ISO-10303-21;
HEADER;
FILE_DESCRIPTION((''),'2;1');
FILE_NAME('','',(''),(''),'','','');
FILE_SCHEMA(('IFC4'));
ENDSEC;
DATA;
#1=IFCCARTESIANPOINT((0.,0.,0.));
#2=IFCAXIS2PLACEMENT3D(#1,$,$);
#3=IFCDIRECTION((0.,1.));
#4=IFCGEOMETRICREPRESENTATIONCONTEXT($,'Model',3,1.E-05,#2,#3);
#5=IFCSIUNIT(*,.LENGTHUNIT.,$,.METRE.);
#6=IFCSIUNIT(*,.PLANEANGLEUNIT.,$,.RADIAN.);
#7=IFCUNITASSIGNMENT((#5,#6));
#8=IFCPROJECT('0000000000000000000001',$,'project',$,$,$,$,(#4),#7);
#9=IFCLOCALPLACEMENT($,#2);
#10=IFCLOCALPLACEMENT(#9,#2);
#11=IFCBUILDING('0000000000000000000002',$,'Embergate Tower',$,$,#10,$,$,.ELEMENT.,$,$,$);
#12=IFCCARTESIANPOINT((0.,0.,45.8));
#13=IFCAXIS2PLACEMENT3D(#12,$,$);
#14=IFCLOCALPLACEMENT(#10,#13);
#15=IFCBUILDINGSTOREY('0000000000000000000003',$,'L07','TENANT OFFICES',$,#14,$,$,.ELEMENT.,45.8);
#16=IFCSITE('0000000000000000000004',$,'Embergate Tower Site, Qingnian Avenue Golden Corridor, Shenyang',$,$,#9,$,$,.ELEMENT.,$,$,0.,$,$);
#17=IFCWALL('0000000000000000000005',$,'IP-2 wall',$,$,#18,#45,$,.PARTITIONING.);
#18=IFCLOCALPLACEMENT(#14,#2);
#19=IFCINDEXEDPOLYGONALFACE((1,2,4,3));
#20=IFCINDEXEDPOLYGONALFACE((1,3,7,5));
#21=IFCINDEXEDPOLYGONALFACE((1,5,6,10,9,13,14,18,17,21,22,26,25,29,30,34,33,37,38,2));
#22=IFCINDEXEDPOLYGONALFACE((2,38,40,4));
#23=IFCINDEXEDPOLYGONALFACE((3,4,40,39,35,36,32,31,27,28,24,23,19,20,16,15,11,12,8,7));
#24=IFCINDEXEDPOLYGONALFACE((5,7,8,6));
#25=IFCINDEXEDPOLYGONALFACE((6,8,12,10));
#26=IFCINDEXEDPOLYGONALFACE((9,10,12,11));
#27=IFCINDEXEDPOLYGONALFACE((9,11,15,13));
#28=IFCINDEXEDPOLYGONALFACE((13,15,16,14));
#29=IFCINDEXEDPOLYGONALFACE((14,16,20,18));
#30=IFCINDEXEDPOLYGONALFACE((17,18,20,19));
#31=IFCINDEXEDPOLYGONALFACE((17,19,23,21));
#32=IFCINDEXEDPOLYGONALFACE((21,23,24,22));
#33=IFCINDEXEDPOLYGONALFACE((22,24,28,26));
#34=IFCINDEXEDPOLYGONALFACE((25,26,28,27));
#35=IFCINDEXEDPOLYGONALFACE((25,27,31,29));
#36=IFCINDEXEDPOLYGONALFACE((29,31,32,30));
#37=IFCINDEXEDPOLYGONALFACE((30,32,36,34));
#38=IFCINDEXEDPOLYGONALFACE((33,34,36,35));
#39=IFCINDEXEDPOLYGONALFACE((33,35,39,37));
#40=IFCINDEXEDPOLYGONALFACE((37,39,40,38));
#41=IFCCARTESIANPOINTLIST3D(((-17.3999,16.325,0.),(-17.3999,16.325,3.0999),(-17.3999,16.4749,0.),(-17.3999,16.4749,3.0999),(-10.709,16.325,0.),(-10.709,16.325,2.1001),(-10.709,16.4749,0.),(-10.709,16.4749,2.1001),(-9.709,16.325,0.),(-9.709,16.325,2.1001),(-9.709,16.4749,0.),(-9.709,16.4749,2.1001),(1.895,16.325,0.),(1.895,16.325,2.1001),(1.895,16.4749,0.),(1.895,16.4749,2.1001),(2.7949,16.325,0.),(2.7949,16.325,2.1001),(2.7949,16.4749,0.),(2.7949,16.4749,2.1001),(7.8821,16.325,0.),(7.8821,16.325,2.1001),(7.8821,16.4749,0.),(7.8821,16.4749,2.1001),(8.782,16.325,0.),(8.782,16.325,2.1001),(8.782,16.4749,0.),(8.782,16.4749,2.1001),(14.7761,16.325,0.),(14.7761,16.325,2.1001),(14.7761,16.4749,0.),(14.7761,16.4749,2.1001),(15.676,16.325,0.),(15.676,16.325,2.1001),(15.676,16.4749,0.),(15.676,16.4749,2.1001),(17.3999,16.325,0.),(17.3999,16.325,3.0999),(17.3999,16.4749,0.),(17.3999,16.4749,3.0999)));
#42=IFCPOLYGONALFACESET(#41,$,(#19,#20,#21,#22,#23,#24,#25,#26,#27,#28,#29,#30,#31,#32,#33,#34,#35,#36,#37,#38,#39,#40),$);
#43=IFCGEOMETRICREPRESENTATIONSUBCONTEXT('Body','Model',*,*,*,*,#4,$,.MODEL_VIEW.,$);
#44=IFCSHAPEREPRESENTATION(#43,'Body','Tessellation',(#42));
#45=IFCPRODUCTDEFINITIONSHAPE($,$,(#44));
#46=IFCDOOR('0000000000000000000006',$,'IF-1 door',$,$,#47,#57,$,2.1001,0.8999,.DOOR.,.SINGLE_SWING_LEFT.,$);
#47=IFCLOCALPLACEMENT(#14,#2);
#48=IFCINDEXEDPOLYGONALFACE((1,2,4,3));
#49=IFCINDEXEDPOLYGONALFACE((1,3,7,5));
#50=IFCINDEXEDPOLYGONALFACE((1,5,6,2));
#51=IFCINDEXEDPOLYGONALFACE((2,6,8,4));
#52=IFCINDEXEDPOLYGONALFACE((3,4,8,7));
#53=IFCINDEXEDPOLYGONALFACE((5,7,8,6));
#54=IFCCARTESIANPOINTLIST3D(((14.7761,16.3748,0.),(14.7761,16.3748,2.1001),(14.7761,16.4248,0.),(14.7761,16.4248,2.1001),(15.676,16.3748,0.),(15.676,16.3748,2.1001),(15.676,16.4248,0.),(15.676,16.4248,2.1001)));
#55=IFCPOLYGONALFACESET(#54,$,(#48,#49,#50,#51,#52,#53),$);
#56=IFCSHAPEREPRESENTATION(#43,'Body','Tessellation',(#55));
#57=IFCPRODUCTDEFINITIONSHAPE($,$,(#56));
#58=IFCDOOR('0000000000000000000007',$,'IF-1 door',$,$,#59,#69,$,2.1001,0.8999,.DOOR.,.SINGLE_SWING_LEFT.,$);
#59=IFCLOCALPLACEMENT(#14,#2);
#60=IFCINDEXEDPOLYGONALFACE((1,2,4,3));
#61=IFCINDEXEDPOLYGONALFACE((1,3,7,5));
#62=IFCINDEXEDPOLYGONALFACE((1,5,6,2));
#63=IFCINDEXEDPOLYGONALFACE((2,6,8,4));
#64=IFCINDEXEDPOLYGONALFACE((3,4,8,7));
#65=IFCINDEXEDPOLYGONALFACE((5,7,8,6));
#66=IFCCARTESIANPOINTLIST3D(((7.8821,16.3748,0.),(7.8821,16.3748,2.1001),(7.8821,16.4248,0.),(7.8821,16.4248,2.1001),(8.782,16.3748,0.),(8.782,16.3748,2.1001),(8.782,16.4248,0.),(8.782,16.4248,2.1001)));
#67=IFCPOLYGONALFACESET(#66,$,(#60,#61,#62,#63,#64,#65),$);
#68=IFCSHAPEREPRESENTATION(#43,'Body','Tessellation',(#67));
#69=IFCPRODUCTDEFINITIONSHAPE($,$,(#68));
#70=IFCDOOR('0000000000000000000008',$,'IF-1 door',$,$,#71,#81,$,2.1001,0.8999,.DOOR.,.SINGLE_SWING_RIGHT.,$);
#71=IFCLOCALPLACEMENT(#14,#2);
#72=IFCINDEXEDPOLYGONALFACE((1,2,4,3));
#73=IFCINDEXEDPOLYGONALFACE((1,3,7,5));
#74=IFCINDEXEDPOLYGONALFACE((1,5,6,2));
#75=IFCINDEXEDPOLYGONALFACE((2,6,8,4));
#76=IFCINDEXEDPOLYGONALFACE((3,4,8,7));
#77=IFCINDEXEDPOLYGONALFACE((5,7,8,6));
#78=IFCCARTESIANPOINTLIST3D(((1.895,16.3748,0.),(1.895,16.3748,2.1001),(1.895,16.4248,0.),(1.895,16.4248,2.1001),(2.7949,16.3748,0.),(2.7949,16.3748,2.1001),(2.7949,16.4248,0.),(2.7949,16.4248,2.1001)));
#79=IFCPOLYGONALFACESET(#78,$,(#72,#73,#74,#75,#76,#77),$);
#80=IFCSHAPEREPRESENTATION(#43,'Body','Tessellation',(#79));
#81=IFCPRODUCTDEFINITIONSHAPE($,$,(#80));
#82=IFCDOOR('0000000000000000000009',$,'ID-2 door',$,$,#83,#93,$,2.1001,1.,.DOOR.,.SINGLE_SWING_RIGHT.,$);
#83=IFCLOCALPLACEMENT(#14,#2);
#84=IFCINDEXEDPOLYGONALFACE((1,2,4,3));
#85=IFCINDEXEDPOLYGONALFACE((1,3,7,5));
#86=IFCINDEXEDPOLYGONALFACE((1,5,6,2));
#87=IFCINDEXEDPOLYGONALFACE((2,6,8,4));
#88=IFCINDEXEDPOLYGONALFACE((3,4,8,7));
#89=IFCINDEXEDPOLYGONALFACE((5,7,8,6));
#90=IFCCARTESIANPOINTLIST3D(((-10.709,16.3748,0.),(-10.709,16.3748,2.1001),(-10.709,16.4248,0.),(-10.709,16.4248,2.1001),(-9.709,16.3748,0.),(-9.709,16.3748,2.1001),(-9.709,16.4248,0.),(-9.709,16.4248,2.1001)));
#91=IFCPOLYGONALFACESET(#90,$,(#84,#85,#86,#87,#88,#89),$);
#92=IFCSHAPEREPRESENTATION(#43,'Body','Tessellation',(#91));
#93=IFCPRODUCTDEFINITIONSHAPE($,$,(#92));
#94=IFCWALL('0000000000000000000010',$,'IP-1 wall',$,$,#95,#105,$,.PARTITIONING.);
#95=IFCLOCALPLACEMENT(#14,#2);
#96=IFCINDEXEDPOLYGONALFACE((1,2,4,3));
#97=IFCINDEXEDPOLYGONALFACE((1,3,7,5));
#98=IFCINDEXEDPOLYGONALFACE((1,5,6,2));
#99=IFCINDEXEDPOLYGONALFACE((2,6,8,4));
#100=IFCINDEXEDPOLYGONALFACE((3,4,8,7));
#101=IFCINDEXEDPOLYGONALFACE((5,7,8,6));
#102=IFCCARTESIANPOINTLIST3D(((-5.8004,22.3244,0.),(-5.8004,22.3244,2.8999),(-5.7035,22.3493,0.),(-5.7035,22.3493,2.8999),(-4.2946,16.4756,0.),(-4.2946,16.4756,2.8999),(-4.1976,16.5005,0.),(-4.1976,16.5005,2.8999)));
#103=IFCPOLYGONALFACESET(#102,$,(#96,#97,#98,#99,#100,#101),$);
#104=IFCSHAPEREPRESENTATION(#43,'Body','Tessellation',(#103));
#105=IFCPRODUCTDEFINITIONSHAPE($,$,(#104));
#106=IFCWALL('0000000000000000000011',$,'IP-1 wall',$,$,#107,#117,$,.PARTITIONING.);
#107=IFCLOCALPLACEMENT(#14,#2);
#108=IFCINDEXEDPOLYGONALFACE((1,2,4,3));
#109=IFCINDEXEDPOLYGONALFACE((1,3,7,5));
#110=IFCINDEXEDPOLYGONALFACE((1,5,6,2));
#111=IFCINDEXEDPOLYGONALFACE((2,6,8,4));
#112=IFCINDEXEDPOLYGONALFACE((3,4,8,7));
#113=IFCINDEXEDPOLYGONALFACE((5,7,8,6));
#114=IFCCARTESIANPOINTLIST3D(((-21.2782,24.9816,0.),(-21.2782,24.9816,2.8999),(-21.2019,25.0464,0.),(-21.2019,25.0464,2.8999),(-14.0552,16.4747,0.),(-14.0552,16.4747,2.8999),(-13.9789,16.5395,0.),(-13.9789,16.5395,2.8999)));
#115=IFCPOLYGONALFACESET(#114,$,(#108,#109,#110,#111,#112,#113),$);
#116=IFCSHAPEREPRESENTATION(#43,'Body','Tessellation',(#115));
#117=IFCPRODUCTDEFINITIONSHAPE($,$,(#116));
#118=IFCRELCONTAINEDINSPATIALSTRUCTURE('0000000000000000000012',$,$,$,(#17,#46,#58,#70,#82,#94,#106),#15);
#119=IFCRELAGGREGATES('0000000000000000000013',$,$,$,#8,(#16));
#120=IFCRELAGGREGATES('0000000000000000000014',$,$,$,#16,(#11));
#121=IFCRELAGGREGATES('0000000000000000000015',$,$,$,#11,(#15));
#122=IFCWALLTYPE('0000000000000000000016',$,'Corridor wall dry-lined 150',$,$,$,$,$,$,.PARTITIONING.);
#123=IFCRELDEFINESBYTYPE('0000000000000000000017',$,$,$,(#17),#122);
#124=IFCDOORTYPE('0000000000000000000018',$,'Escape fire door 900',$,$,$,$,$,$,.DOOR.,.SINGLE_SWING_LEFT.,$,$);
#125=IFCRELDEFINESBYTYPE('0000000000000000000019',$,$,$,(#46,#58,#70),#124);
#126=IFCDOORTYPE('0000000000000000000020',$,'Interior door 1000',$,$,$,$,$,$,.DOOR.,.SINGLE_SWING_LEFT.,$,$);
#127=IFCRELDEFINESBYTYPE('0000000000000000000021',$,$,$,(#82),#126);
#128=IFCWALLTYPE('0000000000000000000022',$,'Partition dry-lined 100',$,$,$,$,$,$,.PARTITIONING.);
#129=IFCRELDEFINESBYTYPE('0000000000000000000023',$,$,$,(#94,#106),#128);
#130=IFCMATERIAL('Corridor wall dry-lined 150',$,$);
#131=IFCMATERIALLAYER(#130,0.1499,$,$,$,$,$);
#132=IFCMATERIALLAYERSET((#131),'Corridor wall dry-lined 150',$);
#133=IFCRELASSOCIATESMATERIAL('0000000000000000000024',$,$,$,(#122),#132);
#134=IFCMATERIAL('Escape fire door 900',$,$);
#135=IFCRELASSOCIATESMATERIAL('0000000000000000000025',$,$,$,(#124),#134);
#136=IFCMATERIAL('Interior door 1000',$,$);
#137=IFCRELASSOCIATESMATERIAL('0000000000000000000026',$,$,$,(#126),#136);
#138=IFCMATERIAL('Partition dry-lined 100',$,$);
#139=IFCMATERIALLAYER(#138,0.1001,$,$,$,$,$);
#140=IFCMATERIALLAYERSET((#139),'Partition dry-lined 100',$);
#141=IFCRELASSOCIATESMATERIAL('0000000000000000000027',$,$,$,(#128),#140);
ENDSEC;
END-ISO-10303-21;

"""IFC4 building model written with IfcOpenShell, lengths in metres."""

from ifc_helpers import new_model, si_unit, direction, frame, frame_2d, origin, place, context, subcontext, project, spatial, rectangle, extrude, source, transform, mapped, material, layer, layer_set, type_object, element, fill, save


model = new_model("IFC4")

# Units and contexts
model_context = context("Model", 3, precision=1e-05, world=origin(), true_north=direction((0.0, 1.0)))
body_context = subcontext(model_context, "Body", "Model", "MODEL_VIEW")
ifc_project = project(units=[si_unit("LENGTHUNIT", "METRE"), si_unit("PLANEANGLEUNIT", "RADIAN")], contexts=[model_context])

# Site, building, storey
site_placement = place(None, origin())
site = spatial("IfcSite", under=ifc_project, at=site_placement, Name="Embergate Tower Site, Qingnian Avenue Golden Corridor, Shenyang", CompositionType="ELEMENT", RefElevation=0.0)
building_placement = place(site_placement, origin())
building = spatial("IfcBuilding", under=site, at=building_placement, Name="Embergate Tower", CompositionType="ELEMENT")
storey_placement = place(building_placement, frame((0.0, 0.0, 45.8)))
storey = spatial("IfcBuildingStorey", under=building, at=storey_placement, Name="L07", Description="TENANT OFFICES", CompositionType="ELEMENT", Elevation=45.8)

# Wall, openings, doors
ifc_material_1 = material(Name="Corridor wall dry-lined 150")
ifc_layer_1 = layer(ifc_material_1, 0.1499)
ifc_layer_set_1 = layer_set([ifc_layer_1], Name="Corridor wall dry-lined 150")
wall_type_1 = type_object("IfcWallType", Name="Corridor wall dry-lined 150", PredefinedType="PARTITIONING", material=ifc_layer_set_1)
shared_shape_1 = source(origin(), body_context, "Body", "SweptSolid", [
    extrude(rectangle(XDim=34.7998, YDim=0.1499, at=frame_2d((17.3999, 0.0))), origin(), (0.0, 0.0, 1.0), 3.0999),
])
wall_1_placement = place(storey_placement, frame((-17.3999, 16.3999, 0.0), z_axis=(0.0, 0.0, 1.0), x_axis=(1.0, 0.0, 0.0)))
wall_1 = element("IfcWall", 1, at=wall_1_placement, inside=storey, type_object=wall_type_1, Name="IP-2 wall", PredefinedType="PARTITIONING", context=body_context, shape_type="MappedRepresentation", body=[
    mapped(shared_shape_1, transform((0.0, 0.0, 0.0))),
])
shared_shape_2 = source(origin(), body_context, "Body", "SweptSolid", [
    extrude(rectangle(XDim=0.8999, YDim=2.1001, at=frame_2d((0.45, 1.05))), frame((0.0, 0.085, 0.0), z_axis=(0.0, -1.0, 0.0), x_axis=(1.0, 0.0, 0.0)), (0.0, 0.0, 1.0), 0.1699),
])
opening_1_placement = place(wall_1_placement, frame((32.176, 0.0, 0.0)))
opening_1 = element("IfcOpeningElement", 2, at=opening_1_placement, cuts=wall_1, PredefinedType="OPENING", context=body_context, shape_type="MappedRepresentation", body=[
    mapped(shared_shape_2, transform((0.0, 0.0, 0.0))),
])
opening_2_placement = place(wall_1_placement, frame((25.282, 0.0, 0.0)))
opening_2 = element("IfcOpeningElement", 3, at=opening_2_placement, cuts=wall_1, PredefinedType="OPENING", context=body_context, shape_type="MappedRepresentation", body=[
    mapped(shared_shape_2, transform((0.0, 0.0, 0.0))),
])
opening_3_placement = place(wall_1_placement, frame((19.2949, 0.0, 0.0)))
opening_3 = element("IfcOpeningElement", 4, at=opening_3_placement, cuts=wall_1, PredefinedType="OPENING", context=body_context, shape_type="MappedRepresentation", body=[
    mapped(shared_shape_2, transform((0.0, 0.0, 0.0))),
])
shared_shape_3 = source(origin(), body_context, "Body", "SweptSolid", [
    extrude(rectangle(XDim=1.0, YDim=2.1001, at=frame_2d((0.5, 1.05))), frame((0.0, 0.085, 0.0), z_axis=(0.0, -1.0, 0.0), x_axis=(1.0, 0.0, 0.0)), (0.0, 0.0, 1.0), 0.1699),
])
opening_4_placement = place(wall_1_placement, frame((6.6909, 0.0, 0.0)))
opening_4 = element("IfcOpeningElement", 5, at=opening_4_placement, cuts=wall_1, PredefinedType="OPENING", context=body_context, shape_type="MappedRepresentation", body=[
    mapped(shared_shape_3, transform((0.0, 0.0, 0.0))),
])
ifc_material_2 = material(Name="Escape fire door 900")
door_type_1 = type_object("IfcDoorType", Name="Escape fire door 900", OperationType="SINGLE_SWING_LEFT", PredefinedType="DOOR", material=ifc_material_2)
shared_shape_4 = source(origin(), body_context, "Body", "SweptSolid", [
    extrude(rectangle(XDim=0.8999, YDim=2.1001, at=frame_2d((0.45, 1.05))), frame((0.0, 0.0249, 0.0), z_axis=(0.0, -1.0, 0.0), x_axis=(1.0, 0.0, 0.0)), (0.0, 0.0, 1.0), 0.05),
])
door_1_placement = place(opening_1_placement, origin())
door_1 = element("IfcDoor", 6, at=door_1_placement, inside=storey, type_object=door_type_1, Name="IF-1 door", OperationType="SINGLE_SWING_LEFT", OverallHeight=2.1001, OverallWidth=0.8999, PredefinedType="DOOR", context=body_context, shape_type="MappedRepresentation", body=[
    mapped(shared_shape_4, transform((0.0, 0.0, 0.0))),
])
fill(opening_1, door_1)
door_2_placement = place(opening_2_placement, origin())
door_2 = element("IfcDoor", 7, at=door_2_placement, inside=storey, type_object=door_type_1, Name="IF-1 door", OperationType="SINGLE_SWING_LEFT", OverallHeight=2.1001, OverallWidth=0.8999, PredefinedType="DOOR", context=body_context, shape_type="MappedRepresentation", body=[
    mapped(shared_shape_4, transform((0.0, 0.0, 0.0))),
])
fill(opening_2, door_2)
door_3_placement = place(opening_3_placement, origin())
door_3 = element("IfcDoor", 8, at=door_3_placement, inside=storey, type_object=door_type_1, Name="IF-1 door", OperationType="SINGLE_SWING_RIGHT", OverallHeight=2.1001, OverallWidth=0.8999, PredefinedType="DOOR", context=body_context, shape_type="MappedRepresentation", body=[
    mapped(shared_shape_4, transform((0.0, 0.0, 0.0))),
])
fill(opening_3, door_3)
ifc_material_3 = material(Name="Interior door 1000")
door_type_2 = type_object("IfcDoorType", Name="Interior door 1000", OperationType="SINGLE_SWING_LEFT", PredefinedType="DOOR", material=ifc_material_3)
shared_shape_5 = source(origin(), body_context, "Body", "SweptSolid", [
    extrude(rectangle(XDim=1.0, YDim=2.1001, at=frame_2d((0.5, 1.05))), frame((0.0, 0.0249, 0.0), z_axis=(0.0, -1.0, 0.0), x_axis=(1.0, 0.0, 0.0)), (0.0, 0.0, 1.0), 0.05),
])
door_4_placement = place(opening_4_placement, origin())
door_4 = element("IfcDoor", 9, at=door_4_placement, inside=storey, type_object=door_type_2, Name="ID-2 door", OperationType="SINGLE_SWING_RIGHT", OverallHeight=2.1001, OverallWidth=1.0, PredefinedType="DOOR", context=body_context, shape_type="MappedRepresentation", body=[
    mapped(shared_shape_5, transform((0.0, 0.0, 0.0))),
])
fill(opening_4, door_4)

# Walls
ifc_material_4 = material(Name="Partition dry-lined 100")
ifc_layer_2 = layer(ifc_material_4, 0.1001)
ifc_layer_set_2 = layer_set([ifc_layer_2], Name="Partition dry-lined 100")
wall_type_2 = type_object("IfcWallType", Name="Partition dry-lined 100", PredefinedType="PARTITIONING", material=ifc_layer_set_2)
shared_shape_6 = source(origin(), body_context, "Body", "SweptSolid", [
    extrude(rectangle(XDim=6.0396, YDim=0.1001, at=frame_2d((3.0198, 0.0))), origin(), (0.0, 0.0, 1.0), 2.8999),
])
wall_2_placement = place(storey_placement, frame((-4.2461, 16.488, 0.0), z_axis=(0.0, 0.0, 1.0), x_axis=(-0.24933, 0.968419, 0.0)))
element("IfcWall", 10, at=wall_2_placement, inside=storey, type_object=wall_type_2, Name="IP-1 wall", PredefinedType="PARTITIONING", context=body_context, shape_type="MappedRepresentation", body=[
    mapped(shared_shape_6, transform((0.0, 0.0, 0.0))),
])
shared_shape_7 = source(origin(), body_context, "Body", "SweptSolid", [
    extrude(rectangle(XDim=11.1597, YDim=0.1001, at=frame_2d((5.5798, 0.0))), origin(), (0.0, 0.0, 1.0), 2.8999),
])
wall_3_placement = place(storey_placement, frame((-14.0171, 16.5071, 0.0), z_axis=(0.0, 0.0, 1.0), x_axis=(-0.647237, 0.762289, 0.0)))
element("IfcWall", 11, at=wall_3_placement, inside=storey, type_object=wall_type_2, Name="IP-1 wall", PredefinedType="PARTITIONING", context=body_context, shape_type="MappedRepresentation", body=[
    mapped(shared_shape_7, transform((0.0, 0.0, 0.0))),
])

save(model, "model.ifc")
